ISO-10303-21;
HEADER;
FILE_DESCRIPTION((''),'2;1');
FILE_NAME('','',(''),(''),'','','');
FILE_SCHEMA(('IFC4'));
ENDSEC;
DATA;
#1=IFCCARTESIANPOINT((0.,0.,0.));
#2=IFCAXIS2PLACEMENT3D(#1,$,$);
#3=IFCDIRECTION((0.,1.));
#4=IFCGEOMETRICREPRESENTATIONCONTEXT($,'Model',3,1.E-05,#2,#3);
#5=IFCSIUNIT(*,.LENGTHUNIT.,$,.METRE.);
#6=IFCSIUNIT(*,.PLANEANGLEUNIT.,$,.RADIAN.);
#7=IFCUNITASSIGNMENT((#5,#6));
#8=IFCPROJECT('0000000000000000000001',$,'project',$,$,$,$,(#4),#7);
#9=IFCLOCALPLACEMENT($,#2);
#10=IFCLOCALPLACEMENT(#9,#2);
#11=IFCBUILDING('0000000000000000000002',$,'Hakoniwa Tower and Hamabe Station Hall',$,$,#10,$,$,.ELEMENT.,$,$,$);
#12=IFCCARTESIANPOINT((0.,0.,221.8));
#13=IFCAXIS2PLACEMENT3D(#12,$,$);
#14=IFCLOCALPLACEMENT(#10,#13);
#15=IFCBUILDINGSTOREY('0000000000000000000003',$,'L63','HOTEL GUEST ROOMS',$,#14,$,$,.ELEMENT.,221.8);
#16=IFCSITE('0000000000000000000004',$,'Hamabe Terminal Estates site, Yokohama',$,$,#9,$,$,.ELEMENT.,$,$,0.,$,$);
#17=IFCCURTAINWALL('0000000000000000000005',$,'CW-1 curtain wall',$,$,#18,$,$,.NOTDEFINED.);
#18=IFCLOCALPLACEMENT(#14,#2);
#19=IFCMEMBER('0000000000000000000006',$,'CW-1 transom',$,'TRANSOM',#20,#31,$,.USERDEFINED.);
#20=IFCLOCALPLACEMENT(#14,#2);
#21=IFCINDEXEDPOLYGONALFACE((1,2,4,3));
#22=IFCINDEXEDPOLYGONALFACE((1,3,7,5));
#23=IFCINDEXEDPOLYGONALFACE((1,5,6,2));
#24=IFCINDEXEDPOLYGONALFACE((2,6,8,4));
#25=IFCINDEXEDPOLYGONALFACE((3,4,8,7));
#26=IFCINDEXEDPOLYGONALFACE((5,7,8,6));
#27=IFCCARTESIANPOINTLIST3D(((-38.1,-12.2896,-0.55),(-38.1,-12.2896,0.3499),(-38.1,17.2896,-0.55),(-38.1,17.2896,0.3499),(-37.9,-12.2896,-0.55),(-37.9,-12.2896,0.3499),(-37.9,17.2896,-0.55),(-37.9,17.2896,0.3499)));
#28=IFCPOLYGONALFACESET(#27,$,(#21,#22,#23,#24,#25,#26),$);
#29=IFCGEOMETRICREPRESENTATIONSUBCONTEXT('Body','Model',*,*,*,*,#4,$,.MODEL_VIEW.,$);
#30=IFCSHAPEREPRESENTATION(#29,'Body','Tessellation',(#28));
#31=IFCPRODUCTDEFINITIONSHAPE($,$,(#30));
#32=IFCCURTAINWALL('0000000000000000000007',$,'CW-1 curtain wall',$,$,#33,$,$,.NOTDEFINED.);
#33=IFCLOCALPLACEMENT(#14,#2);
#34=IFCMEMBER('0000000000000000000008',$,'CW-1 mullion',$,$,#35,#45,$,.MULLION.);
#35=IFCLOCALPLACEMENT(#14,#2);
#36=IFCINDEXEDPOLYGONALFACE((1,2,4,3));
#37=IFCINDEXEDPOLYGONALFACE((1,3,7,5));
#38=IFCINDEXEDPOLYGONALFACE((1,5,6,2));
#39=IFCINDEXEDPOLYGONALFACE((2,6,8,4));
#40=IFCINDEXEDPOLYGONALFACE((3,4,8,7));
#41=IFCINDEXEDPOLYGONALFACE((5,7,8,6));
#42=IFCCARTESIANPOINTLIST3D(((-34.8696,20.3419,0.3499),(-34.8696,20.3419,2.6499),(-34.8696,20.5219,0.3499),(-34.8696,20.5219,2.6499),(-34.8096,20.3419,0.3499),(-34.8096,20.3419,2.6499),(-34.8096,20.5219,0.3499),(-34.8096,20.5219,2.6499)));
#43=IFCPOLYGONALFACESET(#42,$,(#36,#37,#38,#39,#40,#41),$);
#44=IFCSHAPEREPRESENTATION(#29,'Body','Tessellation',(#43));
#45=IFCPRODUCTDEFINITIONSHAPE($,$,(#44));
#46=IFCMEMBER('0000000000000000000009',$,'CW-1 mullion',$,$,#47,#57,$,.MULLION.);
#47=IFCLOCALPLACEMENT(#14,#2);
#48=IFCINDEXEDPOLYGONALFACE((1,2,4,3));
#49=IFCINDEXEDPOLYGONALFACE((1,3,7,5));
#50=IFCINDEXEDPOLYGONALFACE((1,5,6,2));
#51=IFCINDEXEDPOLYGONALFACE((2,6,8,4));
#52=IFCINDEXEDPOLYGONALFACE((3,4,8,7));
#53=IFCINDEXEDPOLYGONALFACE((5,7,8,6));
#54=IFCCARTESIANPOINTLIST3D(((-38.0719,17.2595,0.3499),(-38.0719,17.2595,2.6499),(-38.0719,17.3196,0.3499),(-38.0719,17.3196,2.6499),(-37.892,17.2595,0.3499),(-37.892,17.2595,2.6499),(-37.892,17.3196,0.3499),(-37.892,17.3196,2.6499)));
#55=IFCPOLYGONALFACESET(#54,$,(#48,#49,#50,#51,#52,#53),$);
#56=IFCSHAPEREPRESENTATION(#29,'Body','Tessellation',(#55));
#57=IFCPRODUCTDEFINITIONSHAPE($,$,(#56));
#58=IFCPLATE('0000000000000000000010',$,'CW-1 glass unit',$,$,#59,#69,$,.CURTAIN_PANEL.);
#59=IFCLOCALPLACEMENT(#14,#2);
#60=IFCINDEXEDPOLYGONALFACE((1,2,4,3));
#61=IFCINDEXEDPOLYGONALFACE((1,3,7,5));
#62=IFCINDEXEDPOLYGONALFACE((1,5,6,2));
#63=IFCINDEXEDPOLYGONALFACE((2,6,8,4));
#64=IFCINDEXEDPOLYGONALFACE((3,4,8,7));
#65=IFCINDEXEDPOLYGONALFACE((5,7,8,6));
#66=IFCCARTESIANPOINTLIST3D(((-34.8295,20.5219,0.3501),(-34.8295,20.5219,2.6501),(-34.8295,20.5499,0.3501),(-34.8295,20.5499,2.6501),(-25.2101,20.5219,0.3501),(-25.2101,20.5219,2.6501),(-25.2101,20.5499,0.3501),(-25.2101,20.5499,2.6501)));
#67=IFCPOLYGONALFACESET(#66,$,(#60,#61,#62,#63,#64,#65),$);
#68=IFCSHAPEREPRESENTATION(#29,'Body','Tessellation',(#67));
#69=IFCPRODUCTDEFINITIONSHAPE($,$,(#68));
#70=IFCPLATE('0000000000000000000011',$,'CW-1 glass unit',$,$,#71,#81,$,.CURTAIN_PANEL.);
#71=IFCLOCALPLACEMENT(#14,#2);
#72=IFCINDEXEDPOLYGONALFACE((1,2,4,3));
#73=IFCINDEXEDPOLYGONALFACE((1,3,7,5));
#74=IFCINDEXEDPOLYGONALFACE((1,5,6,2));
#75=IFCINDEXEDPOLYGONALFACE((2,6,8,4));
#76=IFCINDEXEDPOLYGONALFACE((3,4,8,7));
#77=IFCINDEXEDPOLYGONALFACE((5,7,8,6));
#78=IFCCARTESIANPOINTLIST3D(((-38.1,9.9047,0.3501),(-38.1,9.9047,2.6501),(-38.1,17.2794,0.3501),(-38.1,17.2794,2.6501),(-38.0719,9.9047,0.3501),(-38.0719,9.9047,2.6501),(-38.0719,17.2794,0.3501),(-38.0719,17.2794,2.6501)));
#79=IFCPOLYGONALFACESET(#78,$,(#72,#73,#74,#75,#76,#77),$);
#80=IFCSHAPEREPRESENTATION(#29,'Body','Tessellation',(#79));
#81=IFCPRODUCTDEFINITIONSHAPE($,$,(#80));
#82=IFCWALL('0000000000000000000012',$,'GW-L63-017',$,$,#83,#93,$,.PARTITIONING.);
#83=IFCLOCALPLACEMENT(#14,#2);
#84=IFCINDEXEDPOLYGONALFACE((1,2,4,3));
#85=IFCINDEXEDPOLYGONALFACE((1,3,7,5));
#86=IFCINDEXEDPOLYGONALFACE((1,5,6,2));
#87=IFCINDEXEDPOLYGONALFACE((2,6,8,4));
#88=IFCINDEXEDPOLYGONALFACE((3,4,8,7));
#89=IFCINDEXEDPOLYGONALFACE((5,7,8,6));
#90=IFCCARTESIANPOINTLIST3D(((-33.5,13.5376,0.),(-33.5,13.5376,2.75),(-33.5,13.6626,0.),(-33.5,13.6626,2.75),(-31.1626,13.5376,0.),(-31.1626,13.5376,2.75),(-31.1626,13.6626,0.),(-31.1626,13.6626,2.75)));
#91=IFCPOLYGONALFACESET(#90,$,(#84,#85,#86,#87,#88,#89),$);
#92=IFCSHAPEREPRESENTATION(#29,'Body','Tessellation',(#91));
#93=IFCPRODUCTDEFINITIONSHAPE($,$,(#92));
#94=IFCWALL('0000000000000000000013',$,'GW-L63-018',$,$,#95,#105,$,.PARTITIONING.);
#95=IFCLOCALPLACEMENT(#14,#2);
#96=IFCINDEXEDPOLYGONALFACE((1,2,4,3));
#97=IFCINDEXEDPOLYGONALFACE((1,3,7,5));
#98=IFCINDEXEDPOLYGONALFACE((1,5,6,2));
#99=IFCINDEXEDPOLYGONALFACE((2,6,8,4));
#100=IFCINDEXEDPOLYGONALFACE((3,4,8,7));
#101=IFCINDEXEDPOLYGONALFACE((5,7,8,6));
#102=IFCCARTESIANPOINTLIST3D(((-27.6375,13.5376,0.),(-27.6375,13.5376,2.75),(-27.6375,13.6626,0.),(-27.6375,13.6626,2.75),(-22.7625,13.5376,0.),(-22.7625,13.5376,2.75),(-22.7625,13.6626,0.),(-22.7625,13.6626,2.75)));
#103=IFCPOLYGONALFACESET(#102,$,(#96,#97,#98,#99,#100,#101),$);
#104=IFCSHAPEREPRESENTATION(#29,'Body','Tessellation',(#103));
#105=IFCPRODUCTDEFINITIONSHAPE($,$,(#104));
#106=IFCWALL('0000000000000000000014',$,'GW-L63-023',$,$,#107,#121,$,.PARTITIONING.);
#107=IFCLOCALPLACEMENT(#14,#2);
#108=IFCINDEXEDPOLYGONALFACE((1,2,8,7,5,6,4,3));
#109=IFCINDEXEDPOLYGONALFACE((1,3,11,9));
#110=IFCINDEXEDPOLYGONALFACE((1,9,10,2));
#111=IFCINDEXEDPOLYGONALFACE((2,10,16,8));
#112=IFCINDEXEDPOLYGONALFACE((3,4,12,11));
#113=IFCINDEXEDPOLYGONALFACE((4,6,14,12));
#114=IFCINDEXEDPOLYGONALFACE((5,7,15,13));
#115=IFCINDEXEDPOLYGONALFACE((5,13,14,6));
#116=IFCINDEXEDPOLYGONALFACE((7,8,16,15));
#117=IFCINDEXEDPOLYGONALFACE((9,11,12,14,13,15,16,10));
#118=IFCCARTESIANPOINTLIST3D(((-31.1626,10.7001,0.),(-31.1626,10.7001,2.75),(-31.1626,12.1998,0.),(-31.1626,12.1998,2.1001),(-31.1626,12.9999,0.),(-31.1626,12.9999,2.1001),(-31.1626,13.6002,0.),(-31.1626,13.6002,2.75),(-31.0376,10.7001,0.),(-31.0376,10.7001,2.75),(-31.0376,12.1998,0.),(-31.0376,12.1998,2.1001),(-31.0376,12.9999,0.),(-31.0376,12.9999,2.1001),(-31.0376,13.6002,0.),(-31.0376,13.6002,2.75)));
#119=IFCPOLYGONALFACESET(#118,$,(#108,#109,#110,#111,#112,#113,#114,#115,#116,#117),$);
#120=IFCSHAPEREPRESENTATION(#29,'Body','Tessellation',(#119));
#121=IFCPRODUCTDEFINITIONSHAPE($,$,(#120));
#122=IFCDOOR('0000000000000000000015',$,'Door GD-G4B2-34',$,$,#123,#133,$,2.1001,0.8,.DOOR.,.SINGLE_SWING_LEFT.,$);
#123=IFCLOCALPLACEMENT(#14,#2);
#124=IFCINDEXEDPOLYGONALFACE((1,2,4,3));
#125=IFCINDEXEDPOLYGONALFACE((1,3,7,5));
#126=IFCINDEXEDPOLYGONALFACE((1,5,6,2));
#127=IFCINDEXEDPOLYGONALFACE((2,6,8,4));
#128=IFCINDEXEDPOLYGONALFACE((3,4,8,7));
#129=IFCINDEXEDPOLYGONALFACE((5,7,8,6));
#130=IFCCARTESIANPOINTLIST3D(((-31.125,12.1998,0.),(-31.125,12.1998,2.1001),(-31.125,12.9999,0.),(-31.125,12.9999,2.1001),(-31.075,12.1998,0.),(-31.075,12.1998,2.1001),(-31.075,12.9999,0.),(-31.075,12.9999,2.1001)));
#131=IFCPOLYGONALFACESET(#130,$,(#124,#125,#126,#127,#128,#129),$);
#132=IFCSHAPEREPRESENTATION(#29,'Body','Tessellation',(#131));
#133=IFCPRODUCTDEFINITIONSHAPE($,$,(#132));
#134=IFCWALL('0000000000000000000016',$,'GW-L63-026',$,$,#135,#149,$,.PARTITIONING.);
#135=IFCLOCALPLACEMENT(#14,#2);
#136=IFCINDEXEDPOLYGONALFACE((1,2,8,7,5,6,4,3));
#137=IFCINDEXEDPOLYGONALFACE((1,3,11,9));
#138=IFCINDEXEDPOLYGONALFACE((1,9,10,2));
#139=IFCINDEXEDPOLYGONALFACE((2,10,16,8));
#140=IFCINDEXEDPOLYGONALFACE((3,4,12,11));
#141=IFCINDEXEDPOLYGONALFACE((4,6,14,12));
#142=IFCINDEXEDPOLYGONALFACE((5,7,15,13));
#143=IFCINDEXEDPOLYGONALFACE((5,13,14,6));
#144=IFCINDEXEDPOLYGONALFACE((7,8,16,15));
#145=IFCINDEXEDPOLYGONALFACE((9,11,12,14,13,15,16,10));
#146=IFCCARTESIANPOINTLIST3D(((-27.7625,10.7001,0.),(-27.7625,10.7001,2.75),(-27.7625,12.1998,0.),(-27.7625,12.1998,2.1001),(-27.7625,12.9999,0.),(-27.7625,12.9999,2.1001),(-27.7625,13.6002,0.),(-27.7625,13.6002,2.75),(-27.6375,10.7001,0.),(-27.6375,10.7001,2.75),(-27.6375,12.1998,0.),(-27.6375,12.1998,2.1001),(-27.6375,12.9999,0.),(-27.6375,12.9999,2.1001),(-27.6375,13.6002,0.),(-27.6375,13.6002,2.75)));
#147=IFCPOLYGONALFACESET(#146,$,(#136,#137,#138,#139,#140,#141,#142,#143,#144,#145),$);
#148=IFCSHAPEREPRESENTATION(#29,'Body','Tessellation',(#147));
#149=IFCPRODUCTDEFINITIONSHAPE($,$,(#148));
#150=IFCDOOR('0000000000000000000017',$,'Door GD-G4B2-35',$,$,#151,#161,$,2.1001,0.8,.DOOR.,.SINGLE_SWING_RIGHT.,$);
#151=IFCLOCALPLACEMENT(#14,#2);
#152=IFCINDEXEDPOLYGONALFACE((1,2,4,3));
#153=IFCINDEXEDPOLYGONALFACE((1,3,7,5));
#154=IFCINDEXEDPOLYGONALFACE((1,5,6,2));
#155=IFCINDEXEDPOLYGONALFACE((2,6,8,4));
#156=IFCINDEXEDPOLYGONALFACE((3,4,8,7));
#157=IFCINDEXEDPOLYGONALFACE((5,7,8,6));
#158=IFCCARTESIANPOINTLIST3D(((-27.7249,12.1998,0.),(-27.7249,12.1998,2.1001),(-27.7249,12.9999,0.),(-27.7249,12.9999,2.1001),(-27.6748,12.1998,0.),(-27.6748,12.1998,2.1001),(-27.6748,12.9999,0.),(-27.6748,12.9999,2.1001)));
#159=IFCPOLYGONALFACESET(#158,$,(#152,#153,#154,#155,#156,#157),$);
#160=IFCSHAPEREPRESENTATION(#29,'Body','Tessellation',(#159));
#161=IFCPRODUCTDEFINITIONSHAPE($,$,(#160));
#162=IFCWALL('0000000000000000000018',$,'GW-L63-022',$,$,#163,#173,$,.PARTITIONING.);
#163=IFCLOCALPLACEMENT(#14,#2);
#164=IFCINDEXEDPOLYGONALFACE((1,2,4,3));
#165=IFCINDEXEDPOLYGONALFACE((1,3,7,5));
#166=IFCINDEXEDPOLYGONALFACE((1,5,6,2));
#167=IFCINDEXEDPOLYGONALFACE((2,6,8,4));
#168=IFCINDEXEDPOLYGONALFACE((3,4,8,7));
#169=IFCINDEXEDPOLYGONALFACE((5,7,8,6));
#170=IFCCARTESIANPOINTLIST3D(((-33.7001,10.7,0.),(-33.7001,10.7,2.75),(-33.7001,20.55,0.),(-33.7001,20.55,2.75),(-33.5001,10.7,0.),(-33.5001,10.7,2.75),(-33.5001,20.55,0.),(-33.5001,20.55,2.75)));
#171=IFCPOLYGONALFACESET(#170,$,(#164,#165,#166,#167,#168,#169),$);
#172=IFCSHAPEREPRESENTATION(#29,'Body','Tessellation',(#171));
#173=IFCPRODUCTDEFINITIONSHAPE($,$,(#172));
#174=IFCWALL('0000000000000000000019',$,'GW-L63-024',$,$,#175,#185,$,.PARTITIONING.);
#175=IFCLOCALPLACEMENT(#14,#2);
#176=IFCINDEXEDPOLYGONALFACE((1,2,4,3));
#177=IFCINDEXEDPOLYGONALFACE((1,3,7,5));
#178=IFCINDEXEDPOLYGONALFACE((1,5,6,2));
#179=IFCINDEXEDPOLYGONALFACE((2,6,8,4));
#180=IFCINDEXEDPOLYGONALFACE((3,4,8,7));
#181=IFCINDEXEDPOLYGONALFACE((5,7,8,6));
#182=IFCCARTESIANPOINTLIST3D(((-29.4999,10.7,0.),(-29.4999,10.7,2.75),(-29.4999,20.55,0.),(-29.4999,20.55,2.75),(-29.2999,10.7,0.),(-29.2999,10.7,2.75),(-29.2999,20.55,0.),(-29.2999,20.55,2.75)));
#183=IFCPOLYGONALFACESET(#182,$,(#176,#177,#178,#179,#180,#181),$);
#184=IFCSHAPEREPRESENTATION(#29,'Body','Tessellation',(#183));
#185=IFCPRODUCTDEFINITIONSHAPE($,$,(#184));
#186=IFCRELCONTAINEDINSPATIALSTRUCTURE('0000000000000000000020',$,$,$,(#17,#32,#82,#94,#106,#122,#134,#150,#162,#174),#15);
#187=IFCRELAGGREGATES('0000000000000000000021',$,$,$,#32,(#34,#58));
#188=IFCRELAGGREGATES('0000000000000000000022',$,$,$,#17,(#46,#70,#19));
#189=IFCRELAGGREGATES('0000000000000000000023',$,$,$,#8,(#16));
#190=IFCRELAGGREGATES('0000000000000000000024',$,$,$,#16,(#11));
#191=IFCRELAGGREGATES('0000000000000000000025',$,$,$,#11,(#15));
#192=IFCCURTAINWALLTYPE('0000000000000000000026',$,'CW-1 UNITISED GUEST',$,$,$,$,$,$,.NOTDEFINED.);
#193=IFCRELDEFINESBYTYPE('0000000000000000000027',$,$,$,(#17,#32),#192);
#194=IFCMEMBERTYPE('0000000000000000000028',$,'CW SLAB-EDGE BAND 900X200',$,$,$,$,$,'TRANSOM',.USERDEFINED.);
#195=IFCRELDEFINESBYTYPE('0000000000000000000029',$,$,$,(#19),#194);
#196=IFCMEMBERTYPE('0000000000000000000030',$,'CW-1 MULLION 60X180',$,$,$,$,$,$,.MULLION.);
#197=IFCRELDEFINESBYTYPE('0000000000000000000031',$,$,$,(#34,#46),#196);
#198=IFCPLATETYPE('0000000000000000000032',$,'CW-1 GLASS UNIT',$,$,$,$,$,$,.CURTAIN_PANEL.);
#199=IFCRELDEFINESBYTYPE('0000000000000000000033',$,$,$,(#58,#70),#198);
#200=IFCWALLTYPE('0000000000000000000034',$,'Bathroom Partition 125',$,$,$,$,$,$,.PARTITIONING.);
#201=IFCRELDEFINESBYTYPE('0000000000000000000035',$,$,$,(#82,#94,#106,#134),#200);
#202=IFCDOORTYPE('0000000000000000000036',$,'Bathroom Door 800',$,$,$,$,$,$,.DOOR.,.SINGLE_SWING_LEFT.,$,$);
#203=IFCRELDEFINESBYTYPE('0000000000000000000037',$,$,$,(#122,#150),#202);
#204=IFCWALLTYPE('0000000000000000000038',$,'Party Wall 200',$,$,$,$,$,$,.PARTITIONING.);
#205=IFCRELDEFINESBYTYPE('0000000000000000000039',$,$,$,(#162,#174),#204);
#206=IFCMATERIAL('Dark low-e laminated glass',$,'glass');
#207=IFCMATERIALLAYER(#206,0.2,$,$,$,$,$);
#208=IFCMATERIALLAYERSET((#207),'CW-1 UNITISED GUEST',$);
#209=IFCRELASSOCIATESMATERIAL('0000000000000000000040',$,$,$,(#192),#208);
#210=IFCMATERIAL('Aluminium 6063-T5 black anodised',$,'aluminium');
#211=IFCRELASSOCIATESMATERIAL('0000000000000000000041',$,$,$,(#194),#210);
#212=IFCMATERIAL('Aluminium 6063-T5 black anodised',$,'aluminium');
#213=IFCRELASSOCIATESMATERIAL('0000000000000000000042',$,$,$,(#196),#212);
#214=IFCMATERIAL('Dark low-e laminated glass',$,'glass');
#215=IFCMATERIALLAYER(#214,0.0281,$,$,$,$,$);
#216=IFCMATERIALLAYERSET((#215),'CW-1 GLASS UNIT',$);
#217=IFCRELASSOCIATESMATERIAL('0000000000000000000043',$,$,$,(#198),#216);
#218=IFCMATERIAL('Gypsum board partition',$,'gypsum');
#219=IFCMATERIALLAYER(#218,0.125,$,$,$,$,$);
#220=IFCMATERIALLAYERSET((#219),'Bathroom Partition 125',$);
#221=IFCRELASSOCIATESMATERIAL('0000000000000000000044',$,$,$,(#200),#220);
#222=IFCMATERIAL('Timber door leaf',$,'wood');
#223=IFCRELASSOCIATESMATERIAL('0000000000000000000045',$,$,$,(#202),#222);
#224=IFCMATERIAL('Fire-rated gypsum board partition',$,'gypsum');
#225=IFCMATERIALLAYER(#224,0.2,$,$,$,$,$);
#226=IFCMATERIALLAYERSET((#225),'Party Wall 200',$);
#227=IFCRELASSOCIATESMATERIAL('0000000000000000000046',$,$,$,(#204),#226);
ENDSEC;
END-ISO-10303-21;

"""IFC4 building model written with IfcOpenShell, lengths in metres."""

from ifc_helpers import new_model, si_unit, direction, frame, frame_2d, origin, origin_2d, place, context, subcontext, project, spatial, rectangle, extrude, material, layer, layer_set, material_profile, profile_set, type_object, element, fill, aggregate, save


model = new_model("IFC4")

# Units and contexts
model_context = context("Model", 3, precision=1e-05, world=origin(), true_north=direction((0.0, 1.0)))
body_context = subcontext(model_context, "Body", "Model", "MODEL_VIEW")
ifc_project = project(units=[si_unit("LENGTHUNIT", "METRE"), si_unit("PLANEANGLEUNIT", "RADIAN")], contexts=[model_context])

# Site, building, storey
site_placement = place(None, origin())
site = spatial("IfcSite", under=ifc_project, at=site_placement, Name="Hamabe Terminal Estates site, Yokohama", CompositionType="ELEMENT", RefElevation=0.0)
building_placement = place(site_placement, origin())
building = spatial("IfcBuilding", under=site, at=building_placement, Name="Hakoniwa Tower and Hamabe Station Hall", CompositionType="ELEMENT")
storey_placement = place(building_placement, frame((0.0, 0.0, 221.8)))
storey = spatial("IfcBuildingStorey", under=building, at=storey_placement, Name="L63", Description="HOTEL GUEST ROOMS", CompositionType="ELEMENT", Elevation=221.8)

# Curtain walls, members
ifc_material_1 = material(Name="Dark low-e laminated glass", Category="glass")
ifc_layer_1 = layer(ifc_material_1, 0.2)
ifc_layer_set_1 = layer_set([ifc_layer_1], Name="CW-1 UNITISED GUEST")
curtain_wall_type = type_object("IfcCurtainWallType", Name="CW-1 UNITISED GUEST", PredefinedType="NOTDEFINED", material=ifc_layer_set_1)
curtain_wall_1_placement = place(storey_placement, origin())
curtain_wall_1 = element("IfcCurtainWall", 1, at=curtain_wall_1_placement, inside=storey, type_object=curtain_wall_type, Name="CW-1 curtain wall", PredefinedType="NOTDEFINED")
ifc_material_2 = material(Name="Aluminium 6063-T5 black anodised", Category="aluminium")
ifc_material_profile_1 = material_profile(ifc_material_2, rectangle(XDim=0.2, YDim=0.8999, at=origin_2d()), Name="CW SLAB-EDGE BAND 900X200")
ifc_profile_set_1 = profile_set([ifc_material_profile_1], Name="Aluminium 6063-T5 black anodised")
member_type_1 = type_object("IfcMemberType", Name="CW SLAB-EDGE BAND 900X200", ElementType="TRANSOM", PredefinedType="USERDEFINED", material=ifc_profile_set_1)
member_1_placement = place(storey_placement, frame((-38.0, 17.2896, -0.1001), z_axis=(0.0, -1.0, 0.0), x_axis=(1.0, 0.0, 0.0)))
member_1 = element("IfcMember", 2, at=member_1_placement, type_object=member_type_1, Name="CW-1 transom", ObjectType="TRANSOM", PredefinedType="USERDEFINED", context=body_context, shape_type="SweptSolid", body=[
    extrude(rectangle(XDim=0.2, YDim=0.8999, at=origin_2d()), origin(), (0.0, 0.0, 1.0), 29.5791),
])
curtain_wall_2_placement = place(storey_placement, origin())
curtain_wall_2 = element("IfcCurtainWall", 3, at=curtain_wall_2_placement, inside=storey, type_object=curtain_wall_type, Name="CW-1 curtain wall", PredefinedType="NOTDEFINED")
ifc_material_3 = material(Name="Aluminium 6063-T5 black anodised", Category="aluminium")
ifc_material_profile_2 = material_profile(ifc_material_3, rectangle(XDim=0.0601, YDim=0.1799, at=origin_2d()), Name="CW-1 MULLION 60X180")
ifc_profile_set_2 = profile_set([ifc_material_profile_2], Name="Aluminium 6063-T5 black anodised")
member_type_2 = type_object("IfcMemberType", Name="CW-1 MULLION 60X180", PredefinedType="MULLION", material=ifc_profile_set_2)
member_2_placement = place(storey_placement, frame((-34.8396, 20.4319, 0.3499), z_axis=(0.0, 0.0, 1.0), x_axis=(-1.0, 0.0, 0.0)))
member_2 = element("IfcMember", 4, at=member_2_placement, type_object=member_type_2, Name="CW-1 mullion", PredefinedType="MULLION", context=body_context, shape_type="SweptSolid", body=[
    extrude(rectangle(XDim=0.0601, YDim=0.1799, at=origin_2d()), origin(), (0.0, 0.0, 1.0), 2.3),
])

# Member
member_3_placement = place(storey_placement, frame((-37.9819, 17.2896, 0.3499), z_axis=(0.0, 0.0, 1.0), x_axis=(0.0, -1.0, 0.0)))
member_3 = element("IfcMember", 5, at=member_3_placement, type_object=member_type_2, Name="CW-1 mullion", PredefinedType="MULLION", context=body_context, shape_type="SweptSolid", body=[
    extrude(rectangle(XDim=0.0601, YDim=0.1799, at=origin_2d()), origin(), (0.0, 0.0, 1.0), 2.3),
])

# Plates
ifc_material_4 = material(Name="Dark low-e laminated glass", Category="glass")
ifc_layer_2 = layer(ifc_material_4, 0.0281)
ifc_layer_set_2 = layer_set([ifc_layer_2], Name="CW-1 GLASS UNIT")
plate_type = type_object("IfcPlateType", Name="CW-1 GLASS UNIT", PredefinedType="CURTAIN_PANEL", material=ifc_layer_set_2)
plate_1_placement = place(storey_placement, frame((-30.0198, 20.5359, 0.3501), z_axis=(0.0, 0.0, 1.0), x_axis=(-1.0, 0.0, 0.0)))
plate_1 = element("IfcPlate", 6, at=plate_1_placement, type_object=plate_type, Name="CW-1 glass unit", PredefinedType="CURTAIN_PANEL", context=body_context, shape_type="SweptSolid", body=[
    extrude(rectangle(XDim=9.6194, YDim=0.0281, at=origin_2d()), origin(), (0.0, 0.0, 1.0), 2.3),
])
aggregate(curtain_wall_2, [member_2, plate_1])
plate_2_placement = place(storey_placement, frame((-38.0859, 13.592, 0.3501), z_axis=(0.0, 0.0, 1.0), x_axis=(0.0, -1.0, 0.0)))
plate_2 = element("IfcPlate", 7, at=plate_2_placement, type_object=plate_type, Name="CW-1 glass unit", PredefinedType="CURTAIN_PANEL", context=body_context, shape_type="SweptSolid", body=[
    extrude(rectangle(XDim=7.3748, YDim=0.0281, at=origin_2d()), origin(), (0.0, 0.0, 1.0), 2.3),
])
aggregate(curtain_wall_1, [member_3, plate_2, member_1])

# Walls
ifc_material_5 = material(Name="Gypsum board partition", Category="gypsum")
ifc_layer_3 = layer(ifc_material_5, 0.125)
ifc_layer_set_3 = layer_set([ifc_layer_3], Name="Bathroom Partition 125")
wall_type_1 = type_object("IfcWallType", Name="Bathroom Partition 125", PredefinedType="PARTITIONING", material=ifc_layer_set_3)
wall_1_placement = place(storey_placement, frame((-33.5, 13.6001, 0.0), z_axis=(0.0, 0.0, 1.0), x_axis=(1.0, 0.0, 0.0)))
element("IfcWall", 8, at=wall_1_placement, inside=storey, type_object=wall_type_1, Name="GW-L63-017", PredefinedType="PARTITIONING", context=body_context, shape_type="SweptSolid", body=[
    extrude(rectangle(XDim=2.3374, YDim=0.125, at=frame_2d((1.1687, 0.0))), origin(), (0.0, 0.0, 1.0), 2.75),
])
wall_2_placement = place(storey_placement, frame((-27.6375, 13.6001, 0.0), z_axis=(0.0, 0.0, 1.0), x_axis=(1.0, 0.0, 0.0)))
element("IfcWall", 9, at=wall_2_placement, inside=storey, type_object=wall_type_1, Name="GW-L63-018", PredefinedType="PARTITIONING", context=body_context, shape_type="SweptSolid", body=[
    extrude(rectangle(XDim=4.875, YDim=0.125, at=frame_2d((2.4375, 0.0))), origin(), (0.0, 0.0, 1.0), 2.75),
])

# Walls, openings, doors
wall_3_placement = place(storey_placement, frame((-31.1001, 10.7, 0.0), z_axis=(0.0, 0.0, 1.0), x_axis=(0.0, 1.0, 0.0)))
wall_3 = element("IfcWall", 10, at=wall_3_placement, inside=storey, type_object=wall_type_1, Name="GW-L63-023", PredefinedType="PARTITIONING", context=body_context, shape_type="SweptSolid", body=[
    extrude(rectangle(XDim=2.9001, YDim=0.125, at=frame_2d((1.4502, 0.0))), origin(), (0.0, 0.0, 1.0), 2.75),
])
opening_1_placement = place(wall_3_placement, frame((1.5, 0.0, 0.0)))
opening_1 = element("IfcOpeningElement", 11, at=opening_1_placement, cuts=wall_3, PredefinedType="OPENING", context=body_context, shape_type="SweptSolid", body=[
    extrude(rectangle(XDim=0.8, YDim=2.1001, at=frame_2d((0.3999, 1.05))), frame((0.0, 0.0725, 0.0), z_axis=(0.0, -1.0, 0.0), x_axis=(1.0, 0.0, 0.0)), (0.0, 0.0, 1.0), 0.145),
])
ifc_material_6 = material(Name="Timber door leaf", Category="wood")
door_type = type_object("IfcDoorType", Name="Bathroom Door 800", OperationType="SINGLE_SWING_LEFT", PredefinedType="DOOR", material=ifc_material_6)
door_1_placement = place(opening_1_placement, origin())
door_1 = element("IfcDoor", 12, at=door_1_placement, inside=storey, type_object=door_type, Name="Door GD-G4B2-34", OperationType="SINGLE_SWING_LEFT", OverallHeight=2.1001, OverallWidth=0.8, PredefinedType="DOOR", context=body_context, shape_type="SweptSolid", body=[
    extrude(rectangle(XDim=0.8, YDim=2.1001, at=frame_2d((0.3999, 1.05))), frame((0.0, 0.0249, 0.0), z_axis=(0.0, -1.0, 0.0), x_axis=(1.0, 0.0, 0.0)), (0.0, 0.0, 1.0), 0.05),
])
fill(opening_1, door_1)
wall_4_placement = place(storey_placement, frame((-27.7, 10.7, 0.0), z_axis=(0.0, 0.0, 1.0), x_axis=(0.0, 1.0, 0.0)))
wall_4 = element("IfcWall", 13, at=wall_4_placement, inside=storey, type_object=wall_type_1, Name="GW-L63-026", PredefinedType="PARTITIONING", context=body_context, shape_type="SweptSolid", body=[
    extrude(rectangle(XDim=2.9001, YDim=0.125, at=frame_2d((1.4502, 0.0))), origin(), (0.0, 0.0, 1.0), 2.75),
])
opening_2_placement = place(wall_4_placement, frame((1.5, 0.0, 0.0)))
opening_2 = element("IfcOpeningElement", 14, at=opening_2_placement, cuts=wall_4, PredefinedType="OPENING", context=body_context, shape_type="SweptSolid", body=[
    extrude(rectangle(XDim=0.8, YDim=2.1001, at=frame_2d((0.3999, 1.05))), frame((0.0, 0.0725, 0.0), z_axis=(0.0, -1.0, 0.0), x_axis=(1.0, 0.0, 0.0)), (0.0, 0.0, 1.0), 0.145),
])
door_2_placement = place(opening_2_placement, origin())
door_2 = element("IfcDoor", 15, at=door_2_placement, inside=storey, type_object=door_type, Name="Door GD-G4B2-35", OperationType="SINGLE_SWING_RIGHT", OverallHeight=2.1001, OverallWidth=0.8, PredefinedType="DOOR", context=body_context, shape_type="SweptSolid", body=[
    extrude(rectangle(XDim=0.8, YDim=2.1001, at=frame_2d((0.3999, 1.05))), frame((0.0, 0.0249, 0.0), z_axis=(0.0, -1.0, 0.0), x_axis=(1.0, 0.0, 0.0)), (0.0, 0.0, 1.0), 0.05),
])
fill(opening_2, door_2)

# Walls
ifc_material_7 = material(Name="Fire-rated gypsum board partition", Category="gypsum")
ifc_layer_4 = layer(ifc_material_7, 0.2)
ifc_layer_set_4 = layer_set([ifc_layer_4], Name="Party Wall 200")
wall_type_2 = type_object("IfcWallType", Name="Party Wall 200", PredefinedType="PARTITIONING", material=ifc_layer_set_4)
for number, where, z_axis, x_axis, name in (
    (16, (-33.6001, 10.7, 0.0), (0.0, 0.0, 1.0), (0.0, 1.0, 0.0), "GW-L63-022"),
    (17, (-29.3999, 10.7, 0.0), (0.0, 0.0, 1.0), (0.0, 1.0, 0.0), "GW-L63-024"),
):
    element("IfcWall", number, at=place(storey_placement, frame(where, z_axis=z_axis, x_axis=x_axis)), inside=storey, type_object=wall_type_2, Name=name, PredefinedType="PARTITIONING", context=body_context, shape_type="SweptSolid", body=[
        extrude(rectangle(XDim=9.8501, YDim=0.2, at=frame_2d((4.925, 0.0))), origin(), (0.0, 0.0, 1.0), 2.75),
    ])

save(model, "model.ifc")
